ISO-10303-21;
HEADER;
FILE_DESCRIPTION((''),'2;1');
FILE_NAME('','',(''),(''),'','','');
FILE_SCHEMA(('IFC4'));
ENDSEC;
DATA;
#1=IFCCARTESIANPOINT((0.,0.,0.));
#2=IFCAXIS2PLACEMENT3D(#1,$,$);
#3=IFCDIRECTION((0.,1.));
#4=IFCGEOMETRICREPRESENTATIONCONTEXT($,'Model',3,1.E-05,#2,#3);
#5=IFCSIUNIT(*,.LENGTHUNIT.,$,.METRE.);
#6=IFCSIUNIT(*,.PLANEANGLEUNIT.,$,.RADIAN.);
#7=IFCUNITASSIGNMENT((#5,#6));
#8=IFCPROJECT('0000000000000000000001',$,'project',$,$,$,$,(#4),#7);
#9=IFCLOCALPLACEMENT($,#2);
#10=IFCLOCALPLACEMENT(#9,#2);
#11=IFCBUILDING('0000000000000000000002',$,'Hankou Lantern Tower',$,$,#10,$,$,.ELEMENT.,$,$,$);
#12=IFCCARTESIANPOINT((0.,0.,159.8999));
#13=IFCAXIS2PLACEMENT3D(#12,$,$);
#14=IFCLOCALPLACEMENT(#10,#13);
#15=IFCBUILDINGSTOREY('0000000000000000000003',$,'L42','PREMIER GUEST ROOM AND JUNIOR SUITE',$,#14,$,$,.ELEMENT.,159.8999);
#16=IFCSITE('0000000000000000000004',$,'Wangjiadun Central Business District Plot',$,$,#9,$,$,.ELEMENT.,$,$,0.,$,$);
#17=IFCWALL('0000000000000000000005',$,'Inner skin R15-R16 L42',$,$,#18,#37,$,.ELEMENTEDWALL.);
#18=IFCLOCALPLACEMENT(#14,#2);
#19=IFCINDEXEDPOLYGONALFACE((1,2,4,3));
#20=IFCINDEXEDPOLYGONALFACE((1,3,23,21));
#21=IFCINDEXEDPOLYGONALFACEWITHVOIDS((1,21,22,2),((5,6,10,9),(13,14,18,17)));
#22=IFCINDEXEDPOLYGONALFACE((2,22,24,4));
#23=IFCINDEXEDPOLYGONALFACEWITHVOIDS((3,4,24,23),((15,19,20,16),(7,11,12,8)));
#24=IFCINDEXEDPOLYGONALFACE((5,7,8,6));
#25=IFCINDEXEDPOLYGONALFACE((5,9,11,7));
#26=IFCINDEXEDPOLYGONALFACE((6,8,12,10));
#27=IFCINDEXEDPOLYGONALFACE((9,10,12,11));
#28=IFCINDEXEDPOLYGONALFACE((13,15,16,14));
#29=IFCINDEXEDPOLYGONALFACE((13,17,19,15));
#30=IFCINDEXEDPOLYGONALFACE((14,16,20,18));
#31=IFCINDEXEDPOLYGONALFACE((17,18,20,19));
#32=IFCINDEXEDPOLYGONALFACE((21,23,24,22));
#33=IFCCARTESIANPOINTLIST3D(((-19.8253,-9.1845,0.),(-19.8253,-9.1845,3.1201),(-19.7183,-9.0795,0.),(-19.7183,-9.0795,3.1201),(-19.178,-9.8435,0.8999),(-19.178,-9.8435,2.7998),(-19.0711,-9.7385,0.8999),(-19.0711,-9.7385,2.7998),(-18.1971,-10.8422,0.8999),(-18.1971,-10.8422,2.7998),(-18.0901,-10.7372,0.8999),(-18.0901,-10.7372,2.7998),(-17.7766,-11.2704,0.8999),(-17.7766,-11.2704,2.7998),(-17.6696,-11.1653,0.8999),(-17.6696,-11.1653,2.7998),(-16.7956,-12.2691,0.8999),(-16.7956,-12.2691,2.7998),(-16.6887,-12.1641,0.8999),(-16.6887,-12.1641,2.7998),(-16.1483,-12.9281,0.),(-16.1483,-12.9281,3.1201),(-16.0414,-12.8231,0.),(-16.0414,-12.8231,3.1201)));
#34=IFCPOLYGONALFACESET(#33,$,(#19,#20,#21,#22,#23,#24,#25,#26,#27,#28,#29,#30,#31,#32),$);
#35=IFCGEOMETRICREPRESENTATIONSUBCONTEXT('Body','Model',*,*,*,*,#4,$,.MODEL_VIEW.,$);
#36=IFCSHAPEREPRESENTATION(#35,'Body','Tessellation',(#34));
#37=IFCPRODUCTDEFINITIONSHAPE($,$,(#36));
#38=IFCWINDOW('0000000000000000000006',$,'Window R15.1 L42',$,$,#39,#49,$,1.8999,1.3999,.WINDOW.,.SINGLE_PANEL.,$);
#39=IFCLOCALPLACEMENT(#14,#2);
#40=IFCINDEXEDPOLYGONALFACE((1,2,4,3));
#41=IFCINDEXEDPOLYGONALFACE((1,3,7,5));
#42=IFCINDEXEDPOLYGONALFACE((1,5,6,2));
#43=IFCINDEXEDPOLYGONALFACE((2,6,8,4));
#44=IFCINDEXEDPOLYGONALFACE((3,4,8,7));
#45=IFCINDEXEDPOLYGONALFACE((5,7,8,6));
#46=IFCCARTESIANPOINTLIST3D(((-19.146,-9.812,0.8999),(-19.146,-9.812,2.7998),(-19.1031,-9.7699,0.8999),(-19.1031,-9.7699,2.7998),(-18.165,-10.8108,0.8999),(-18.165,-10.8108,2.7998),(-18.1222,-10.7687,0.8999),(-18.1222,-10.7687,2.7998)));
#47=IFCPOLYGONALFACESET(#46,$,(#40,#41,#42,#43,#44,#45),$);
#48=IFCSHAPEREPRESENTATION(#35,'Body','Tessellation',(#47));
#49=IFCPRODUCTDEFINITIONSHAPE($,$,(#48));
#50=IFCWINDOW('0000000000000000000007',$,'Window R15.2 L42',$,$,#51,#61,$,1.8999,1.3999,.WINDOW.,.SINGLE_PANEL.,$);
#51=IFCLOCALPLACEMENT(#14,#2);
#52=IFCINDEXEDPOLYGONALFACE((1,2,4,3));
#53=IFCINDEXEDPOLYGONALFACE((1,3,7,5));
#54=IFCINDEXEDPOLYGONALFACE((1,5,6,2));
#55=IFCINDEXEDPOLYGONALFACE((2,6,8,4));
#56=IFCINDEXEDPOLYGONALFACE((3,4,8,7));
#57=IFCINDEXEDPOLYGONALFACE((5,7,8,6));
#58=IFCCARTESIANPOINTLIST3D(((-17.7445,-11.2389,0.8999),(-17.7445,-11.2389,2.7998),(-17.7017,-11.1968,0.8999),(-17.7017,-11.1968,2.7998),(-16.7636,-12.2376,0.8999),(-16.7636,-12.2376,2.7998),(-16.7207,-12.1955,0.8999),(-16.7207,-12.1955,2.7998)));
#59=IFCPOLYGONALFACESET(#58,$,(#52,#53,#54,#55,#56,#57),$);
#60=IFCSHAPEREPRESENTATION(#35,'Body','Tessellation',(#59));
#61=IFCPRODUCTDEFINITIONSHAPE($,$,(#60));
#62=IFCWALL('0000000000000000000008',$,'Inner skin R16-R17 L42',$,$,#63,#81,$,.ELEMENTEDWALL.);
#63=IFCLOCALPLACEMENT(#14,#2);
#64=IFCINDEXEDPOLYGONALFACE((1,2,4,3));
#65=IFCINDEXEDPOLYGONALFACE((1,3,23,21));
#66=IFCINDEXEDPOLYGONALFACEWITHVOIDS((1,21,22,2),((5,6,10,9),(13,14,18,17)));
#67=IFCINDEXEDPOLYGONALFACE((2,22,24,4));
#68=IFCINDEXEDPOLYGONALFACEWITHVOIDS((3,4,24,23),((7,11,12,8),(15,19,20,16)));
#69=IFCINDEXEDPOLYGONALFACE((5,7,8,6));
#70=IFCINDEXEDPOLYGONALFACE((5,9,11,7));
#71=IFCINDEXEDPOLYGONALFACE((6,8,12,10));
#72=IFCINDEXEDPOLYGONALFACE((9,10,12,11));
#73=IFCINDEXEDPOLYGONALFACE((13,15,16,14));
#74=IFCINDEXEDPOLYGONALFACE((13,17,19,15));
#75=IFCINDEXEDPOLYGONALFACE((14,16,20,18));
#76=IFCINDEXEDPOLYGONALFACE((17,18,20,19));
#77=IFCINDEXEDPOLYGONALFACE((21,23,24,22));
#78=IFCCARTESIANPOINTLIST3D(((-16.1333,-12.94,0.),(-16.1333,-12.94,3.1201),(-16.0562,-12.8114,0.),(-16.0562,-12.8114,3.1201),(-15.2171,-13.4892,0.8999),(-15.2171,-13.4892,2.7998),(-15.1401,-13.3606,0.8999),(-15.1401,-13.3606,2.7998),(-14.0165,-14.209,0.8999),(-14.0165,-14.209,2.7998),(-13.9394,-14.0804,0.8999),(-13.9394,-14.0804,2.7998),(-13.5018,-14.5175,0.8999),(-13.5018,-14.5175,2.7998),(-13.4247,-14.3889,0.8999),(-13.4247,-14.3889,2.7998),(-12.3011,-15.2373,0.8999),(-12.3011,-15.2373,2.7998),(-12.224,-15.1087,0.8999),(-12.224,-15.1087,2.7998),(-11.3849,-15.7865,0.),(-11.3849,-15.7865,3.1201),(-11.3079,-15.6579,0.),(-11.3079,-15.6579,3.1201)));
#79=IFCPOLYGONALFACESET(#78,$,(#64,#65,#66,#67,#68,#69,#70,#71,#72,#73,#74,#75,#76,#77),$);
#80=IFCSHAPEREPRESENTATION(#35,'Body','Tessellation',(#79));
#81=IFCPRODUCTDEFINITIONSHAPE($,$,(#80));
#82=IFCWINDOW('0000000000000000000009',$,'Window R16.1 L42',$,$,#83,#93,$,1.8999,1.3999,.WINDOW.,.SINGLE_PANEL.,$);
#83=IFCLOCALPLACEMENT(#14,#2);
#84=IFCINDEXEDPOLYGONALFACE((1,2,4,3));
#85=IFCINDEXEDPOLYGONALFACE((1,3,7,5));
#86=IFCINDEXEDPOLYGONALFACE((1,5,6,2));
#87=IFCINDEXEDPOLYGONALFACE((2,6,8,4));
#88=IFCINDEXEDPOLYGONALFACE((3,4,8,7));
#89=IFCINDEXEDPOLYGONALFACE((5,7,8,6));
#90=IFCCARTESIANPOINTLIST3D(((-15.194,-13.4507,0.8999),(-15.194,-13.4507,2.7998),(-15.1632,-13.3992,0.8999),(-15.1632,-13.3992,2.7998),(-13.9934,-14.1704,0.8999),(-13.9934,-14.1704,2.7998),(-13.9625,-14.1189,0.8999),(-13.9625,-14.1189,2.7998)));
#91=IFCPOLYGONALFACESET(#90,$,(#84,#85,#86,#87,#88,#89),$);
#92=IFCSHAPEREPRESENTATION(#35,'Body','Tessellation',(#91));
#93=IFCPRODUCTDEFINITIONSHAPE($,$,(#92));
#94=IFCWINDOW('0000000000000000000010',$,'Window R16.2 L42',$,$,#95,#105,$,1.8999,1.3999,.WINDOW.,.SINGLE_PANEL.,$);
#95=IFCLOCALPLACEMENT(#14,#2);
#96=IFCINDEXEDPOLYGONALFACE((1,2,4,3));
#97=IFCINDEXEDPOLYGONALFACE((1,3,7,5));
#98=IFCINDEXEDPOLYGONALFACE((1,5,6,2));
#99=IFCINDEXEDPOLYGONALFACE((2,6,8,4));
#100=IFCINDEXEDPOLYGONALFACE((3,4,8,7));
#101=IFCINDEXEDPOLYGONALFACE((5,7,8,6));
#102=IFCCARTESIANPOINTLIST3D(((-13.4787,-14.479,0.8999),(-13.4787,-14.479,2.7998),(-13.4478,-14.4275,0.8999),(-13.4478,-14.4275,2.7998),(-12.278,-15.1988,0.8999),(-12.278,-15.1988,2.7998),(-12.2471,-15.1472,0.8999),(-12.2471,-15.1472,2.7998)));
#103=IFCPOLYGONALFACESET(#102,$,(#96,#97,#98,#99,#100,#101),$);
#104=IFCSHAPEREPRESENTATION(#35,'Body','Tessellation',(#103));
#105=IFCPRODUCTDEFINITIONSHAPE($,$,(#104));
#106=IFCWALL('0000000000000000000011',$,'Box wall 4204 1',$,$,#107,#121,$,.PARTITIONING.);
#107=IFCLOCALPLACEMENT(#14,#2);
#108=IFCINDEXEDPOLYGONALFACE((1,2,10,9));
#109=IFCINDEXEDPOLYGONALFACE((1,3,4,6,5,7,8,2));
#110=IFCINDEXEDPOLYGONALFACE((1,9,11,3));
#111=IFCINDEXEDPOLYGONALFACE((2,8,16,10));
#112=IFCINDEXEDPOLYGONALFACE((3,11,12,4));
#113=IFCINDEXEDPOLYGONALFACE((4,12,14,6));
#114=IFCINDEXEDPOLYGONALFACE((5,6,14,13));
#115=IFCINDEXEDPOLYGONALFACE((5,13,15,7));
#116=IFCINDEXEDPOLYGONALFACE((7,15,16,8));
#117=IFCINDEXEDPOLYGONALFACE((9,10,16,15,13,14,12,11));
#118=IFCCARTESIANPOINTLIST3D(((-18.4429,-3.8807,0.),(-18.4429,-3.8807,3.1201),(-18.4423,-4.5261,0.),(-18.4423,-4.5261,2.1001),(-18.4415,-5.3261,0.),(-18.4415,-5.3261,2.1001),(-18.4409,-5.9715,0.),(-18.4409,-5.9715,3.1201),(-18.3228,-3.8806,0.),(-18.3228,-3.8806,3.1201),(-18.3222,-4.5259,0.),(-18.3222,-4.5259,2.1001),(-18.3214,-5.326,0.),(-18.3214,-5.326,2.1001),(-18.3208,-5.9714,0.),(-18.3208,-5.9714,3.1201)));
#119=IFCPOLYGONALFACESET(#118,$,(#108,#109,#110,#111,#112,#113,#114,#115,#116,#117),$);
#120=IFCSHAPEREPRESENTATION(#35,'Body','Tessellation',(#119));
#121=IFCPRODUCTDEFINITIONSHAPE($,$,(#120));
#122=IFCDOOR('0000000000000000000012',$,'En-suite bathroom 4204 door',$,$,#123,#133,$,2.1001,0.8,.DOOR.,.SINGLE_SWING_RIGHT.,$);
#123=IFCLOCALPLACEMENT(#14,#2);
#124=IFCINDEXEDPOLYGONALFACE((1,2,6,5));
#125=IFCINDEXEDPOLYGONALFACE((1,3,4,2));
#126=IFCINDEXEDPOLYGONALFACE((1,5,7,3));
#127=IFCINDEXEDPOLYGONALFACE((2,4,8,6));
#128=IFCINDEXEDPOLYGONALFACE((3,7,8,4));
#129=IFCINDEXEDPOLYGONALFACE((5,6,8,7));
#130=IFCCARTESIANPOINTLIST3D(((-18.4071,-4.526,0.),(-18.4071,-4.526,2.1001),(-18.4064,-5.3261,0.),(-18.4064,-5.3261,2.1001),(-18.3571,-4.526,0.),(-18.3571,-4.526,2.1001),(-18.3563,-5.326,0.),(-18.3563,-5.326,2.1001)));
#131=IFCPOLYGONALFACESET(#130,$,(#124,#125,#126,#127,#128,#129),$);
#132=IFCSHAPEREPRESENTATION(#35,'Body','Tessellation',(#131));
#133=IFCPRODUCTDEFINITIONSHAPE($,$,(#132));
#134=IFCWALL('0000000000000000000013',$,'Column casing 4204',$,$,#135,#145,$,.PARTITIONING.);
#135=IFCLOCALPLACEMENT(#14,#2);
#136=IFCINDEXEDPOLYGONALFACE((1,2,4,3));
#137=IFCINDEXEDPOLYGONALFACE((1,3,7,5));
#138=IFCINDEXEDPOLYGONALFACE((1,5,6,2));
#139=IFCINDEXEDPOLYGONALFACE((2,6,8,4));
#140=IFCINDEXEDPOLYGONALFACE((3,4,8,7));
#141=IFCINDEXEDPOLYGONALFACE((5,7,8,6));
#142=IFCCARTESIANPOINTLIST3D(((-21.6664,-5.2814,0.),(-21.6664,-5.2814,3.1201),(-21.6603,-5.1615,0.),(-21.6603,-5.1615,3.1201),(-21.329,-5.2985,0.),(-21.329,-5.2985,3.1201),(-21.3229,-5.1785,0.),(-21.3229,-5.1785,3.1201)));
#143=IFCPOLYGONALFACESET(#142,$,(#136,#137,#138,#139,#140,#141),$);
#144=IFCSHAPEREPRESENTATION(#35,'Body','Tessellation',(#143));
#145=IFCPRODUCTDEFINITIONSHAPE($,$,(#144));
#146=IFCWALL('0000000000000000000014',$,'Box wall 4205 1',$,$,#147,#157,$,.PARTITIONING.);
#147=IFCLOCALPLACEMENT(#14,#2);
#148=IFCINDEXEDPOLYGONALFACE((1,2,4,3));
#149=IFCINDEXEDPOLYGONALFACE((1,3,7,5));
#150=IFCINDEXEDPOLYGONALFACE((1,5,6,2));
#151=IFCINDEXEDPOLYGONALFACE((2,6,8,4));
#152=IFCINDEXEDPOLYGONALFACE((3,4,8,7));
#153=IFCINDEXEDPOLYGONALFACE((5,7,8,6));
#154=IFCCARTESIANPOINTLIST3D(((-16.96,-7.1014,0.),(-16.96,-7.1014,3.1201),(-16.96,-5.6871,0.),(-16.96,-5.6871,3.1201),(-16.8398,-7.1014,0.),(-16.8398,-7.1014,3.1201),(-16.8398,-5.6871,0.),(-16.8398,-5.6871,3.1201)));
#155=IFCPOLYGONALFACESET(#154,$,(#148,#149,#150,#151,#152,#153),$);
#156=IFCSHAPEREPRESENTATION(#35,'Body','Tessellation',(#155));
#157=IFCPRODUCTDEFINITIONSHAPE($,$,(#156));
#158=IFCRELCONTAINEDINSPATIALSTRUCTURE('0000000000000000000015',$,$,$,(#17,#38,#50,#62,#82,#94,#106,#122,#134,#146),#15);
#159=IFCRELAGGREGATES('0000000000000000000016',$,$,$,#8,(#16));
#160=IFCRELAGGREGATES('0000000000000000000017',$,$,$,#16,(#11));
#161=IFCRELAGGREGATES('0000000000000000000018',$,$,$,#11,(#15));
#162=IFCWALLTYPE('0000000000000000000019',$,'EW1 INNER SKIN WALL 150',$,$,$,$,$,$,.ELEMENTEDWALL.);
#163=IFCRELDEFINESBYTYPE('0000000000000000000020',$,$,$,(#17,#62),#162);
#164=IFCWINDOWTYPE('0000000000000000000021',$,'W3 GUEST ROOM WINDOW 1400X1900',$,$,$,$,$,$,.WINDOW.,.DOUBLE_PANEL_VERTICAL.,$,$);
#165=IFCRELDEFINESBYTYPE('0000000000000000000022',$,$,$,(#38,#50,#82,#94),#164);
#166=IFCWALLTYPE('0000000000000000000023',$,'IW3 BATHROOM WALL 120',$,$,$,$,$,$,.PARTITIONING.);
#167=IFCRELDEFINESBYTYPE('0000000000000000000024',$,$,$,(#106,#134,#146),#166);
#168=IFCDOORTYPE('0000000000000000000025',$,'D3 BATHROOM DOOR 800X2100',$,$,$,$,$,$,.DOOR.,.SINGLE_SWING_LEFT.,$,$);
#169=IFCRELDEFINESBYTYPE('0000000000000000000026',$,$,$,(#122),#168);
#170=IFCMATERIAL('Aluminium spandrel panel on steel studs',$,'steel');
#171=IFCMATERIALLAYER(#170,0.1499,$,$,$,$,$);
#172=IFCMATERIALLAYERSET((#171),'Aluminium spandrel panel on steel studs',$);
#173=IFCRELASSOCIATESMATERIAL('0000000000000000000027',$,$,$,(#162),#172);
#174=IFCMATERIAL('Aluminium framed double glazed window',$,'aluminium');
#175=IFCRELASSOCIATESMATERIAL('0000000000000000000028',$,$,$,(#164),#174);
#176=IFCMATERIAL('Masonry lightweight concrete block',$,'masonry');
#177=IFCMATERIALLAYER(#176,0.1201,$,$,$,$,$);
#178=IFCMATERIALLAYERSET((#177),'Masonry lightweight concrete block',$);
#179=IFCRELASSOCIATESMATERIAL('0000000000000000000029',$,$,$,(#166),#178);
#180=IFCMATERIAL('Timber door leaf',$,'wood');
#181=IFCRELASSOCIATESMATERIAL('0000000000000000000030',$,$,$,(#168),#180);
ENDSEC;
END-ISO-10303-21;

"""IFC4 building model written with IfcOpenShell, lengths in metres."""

from ifc_helpers import new_model, si_unit, direction, frame, frame_2d, origin, place, context, subcontext, project, spatial, rectangle, extrude, material, layer, layer_set, type_object, element, fill, save


model = new_model("IFC4")

# Units and contexts
model_context = context("Model", 3, precision=1e-05, world=origin(), true_north=direction((0.0, 1.0)))
body_context = subcontext(model_context, "Body", "Model", "MODEL_VIEW")
ifc_project = project(units=[si_unit("LENGTHUNIT", "METRE"), si_unit("PLANEANGLEUNIT", "RADIAN")], contexts=[model_context])

# Site, building, storey
site_placement = place(None, origin())
site = spatial("IfcSite", under=ifc_project, at=site_placement, Name="Wangjiadun Central Business District Plot", CompositionType="ELEMENT", RefElevation=0.0)
building_placement = place(site_placement, origin())
building = spatial("IfcBuilding", under=site, at=building_placement, Name="Hankou Lantern Tower", CompositionType="ELEMENT")
storey_placement = place(building_placement, frame((0.0, 0.0, 159.8999)))
storey = spatial("IfcBuildingStorey", under=building, at=storey_placement, Name="L42", Description="PREMIER GUEST ROOM AND JUNIOR SUITE", CompositionType="ELEMENT", Elevation=159.8999)

# Walls, openings, windows
ifc_material_1 = material(Name="Aluminium spandrel panel on steel studs", Category="steel")
ifc_layer_1 = layer(ifc_material_1, 0.1499)
ifc_layer_set_1 = layer_set([ifc_layer_1], Name="Aluminium spandrel panel on steel studs")
wall_type_1 = type_object("IfcWallType", Name="EW1 INNER SKIN WALL 150", PredefinedType="ELEMENTEDWALL", material=ifc_layer_set_1)
wall_1_placement = place(storey_placement, frame((-19.7717, -9.1321, 0.0), z_axis=(0.0, 0.0, 1.0), x_axis=(0.700727, -0.713429, 0.0)))
wall_1 = element("IfcWall", 1, at=wall_1_placement, inside=storey, type_object=wall_type_1, Name="Inner skin R15-R16 L42", PredefinedType="ELEMENTEDWALL", context=body_context, shape_type="SweptSolid", body=[
    extrude(rectangle(XDim=5.2473, YDim=0.1499, at=frame_2d((2.6235, 0.0))), origin(), (0.0, 0.0, 1.0), 3.1201),
])
opening_1_placement = place(wall_1_placement, frame((0.9236, 0.0, 0.8999)))
opening_1 = element("IfcOpeningElement", 2, at=opening_1_placement, cuts=wall_1, PredefinedType="OPENING", context=body_context, shape_type="SweptSolid", body=[
    extrude(rectangle(XDim=1.3999, YDim=1.8999, at=frame_2d((0.7, 0.95))), frame((0.0, 0.085, 0.0), z_axis=(0.0, -1.0, 0.0), x_axis=(1.0, 0.0, 0.0)), (0.0, 0.0, 1.0), 0.1699),
])
opening_2_placement = place(wall_1_placement, frame((2.9236, 0.0, 0.8999)))
opening_2 = element("IfcOpeningElement", 3, at=opening_2_placement, cuts=wall_1, PredefinedType="OPENING", context=body_context, shape_type="SweptSolid", body=[
    extrude(rectangle(XDim=1.3999, YDim=1.8999, at=frame_2d((0.7, 0.95))), frame((0.0, 0.085, 0.0), z_axis=(0.0, -1.0, 0.0), x_axis=(1.0, 0.0, 0.0)), (0.0, 0.0, 1.0), 0.1699),
])
ifc_material_2 = material(Name="Aluminium framed double glazed window", Category="aluminium")
window_type = type_object("IfcWindowType", Name="W3 GUEST ROOM WINDOW 1400X1900", PartitioningType="DOUBLE_PANEL_VERTICAL", PredefinedType="WINDOW", material=ifc_material_2)
window_1_placement = place(opening_1_placement, origin())
window_1 = element("IfcWindow", 4, at=window_1_placement, inside=storey, type_object=window_type, Name="Window R15.1 L42", OverallHeight=1.8999, OverallWidth=1.3999, PartitioningType="SINGLE_PANEL", PredefinedType="WINDOW", context=body_context, shape_type="SweptSolid", body=[
    extrude(rectangle(XDim=1.3999, YDim=1.8999, at=frame_2d((0.7, 0.95))), frame((0.0, 0.03, 0.0), z_axis=(0.0, -1.0, 0.0), x_axis=(1.0, 0.0, 0.0)), (0.0, 0.0, 1.0), 0.0601),
])
fill(opening_1, window_1)
window_2_placement = place(opening_2_placement, origin())
window_2 = element("IfcWindow", 5, at=window_2_placement, inside=storey, type_object=window_type, Name="Window R15.2 L42", OverallHeight=1.8999, OverallWidth=1.3999, PartitioningType="SINGLE_PANEL", PredefinedType="WINDOW", context=body_context, shape_type="SweptSolid", body=[
    extrude(rectangle(XDim=1.3999, YDim=1.8999, at=frame_2d((0.7, 0.95))), frame((0.0, 0.03, 0.0), z_axis=(0.0, -1.0, 0.0), x_axis=(1.0, 0.0, 0.0)), (0.0, 0.0, 1.0), 0.0601),
])
fill(opening_2, window_2)
wall_2_placement = place(storey_placement, frame((-16.0947, -12.8757, 0.0), z_axis=(0.0, 0.0, 1.0), x_axis=(0.857695, -0.514158, 0.0)))
wall_2 = element("IfcWall", 6, at=wall_2_placement, inside=storey, type_object=wall_type_1, Name="Inner skin R16-R17 L42", PredefinedType="ELEMENTEDWALL", context=body_context, shape_type="SweptSolid", body=[
    extrude(rectangle(XDim=5.5361, YDim=0.1499, at=frame_2d((2.7681, 0.0))), origin(), (0.0, 0.0, 1.0), 3.1201),
])
opening_3_placement = place(wall_2_placement, frame((1.0681, 0.0, 0.8999)))
opening_3 = element("IfcOpeningElement", 7, at=opening_3_placement, cuts=wall_2, PredefinedType="OPENING", context=body_context, shape_type="SweptSolid", body=[
    extrude(rectangle(XDim=1.3999, YDim=1.8999, at=frame_2d((0.7, 0.95))), frame((0.0, 0.085, 0.0), z_axis=(0.0, -1.0, 0.0), x_axis=(1.0, 0.0, 0.0)), (0.0, 0.0, 1.0), 0.1699),
])
opening_4_placement = place(wall_2_placement, frame((3.0681, 0.0, 0.8999)))
opening_4 = element("IfcOpeningElement", 8, at=opening_4_placement, cuts=wall_2, PredefinedType="OPENING", context=body_context, shape_type="SweptSolid", body=[
    extrude(rectangle(XDim=1.3999, YDim=1.8999, at=frame_2d((0.7, 0.95))), frame((0.0, 0.085, 0.0), z_axis=(0.0, -1.0, 0.0), x_axis=(1.0, 0.0, 0.0)), (0.0, 0.0, 1.0), 0.1699),
])
window_3_placement = place(opening_3_placement, origin())
window_3 = element("IfcWindow", 9, at=window_3_placement, inside=storey, type_object=window_type, Name="Window R16.1 L42", OverallHeight=1.8999, OverallWidth=1.3999, PartitioningType="SINGLE_PANEL", PredefinedType="WINDOW", context=body_context, shape_type="SweptSolid", body=[
    extrude(rectangle(XDim=1.3999, YDim=1.8999, at=frame_2d((0.7, 0.95))), frame((0.0, 0.03, 0.0), z_axis=(0.0, -1.0, 0.0), x_axis=(1.0, 0.0, 0.0)), (0.0, 0.0, 1.0), 0.0601),
])
fill(opening_3, window_3)
window_4_placement = place(opening_4_placement, origin())
window_4 = element("IfcWindow", 10, at=window_4_placement, inside=storey, type_object=window_type, Name="Window R16.2 L42", OverallHeight=1.8999, OverallWidth=1.3999, PartitioningType="SINGLE_PANEL", PredefinedType="WINDOW", context=body_context, shape_type="SweptSolid", body=[
    extrude(rectangle(XDim=1.3999, YDim=1.8999, at=frame_2d((0.7, 0.95))), frame((0.0, 0.03, 0.0), z_axis=(0.0, -1.0, 0.0), x_axis=(1.0, 0.0, 0.0)), (0.0, 0.0, 1.0), 0.0601),
])
fill(opening_4, window_4)

# Wall, opening, door
ifc_material_3 = material(Name="Masonry lightweight concrete block", Category="masonry")
ifc_layer_2 = layer(ifc_material_3, 0.1201)
ifc_layer_set_2 = layer_set([ifc_layer_2], Name="Masonry lightweight concrete block")
wall_type_2 = type_object("IfcWallType", Name="IW3 BATHROOM WALL 120", PredefinedType="PARTITIONING", material=ifc_layer_set_2)
wall_3_placement = place(storey_placement, frame((-18.3809, -5.9714, 0.0), z_axis=(0.0, 0.0, 1.0), x_axis=(-0.000934, 1.0, 0.0)))
wall_3 = element("IfcWall", 11, at=wall_3_placement, inside=storey, type_object=wall_type_2, Name="Box wall 4204 1", PredefinedType="PARTITIONING", context=body_context, shape_type="SweptSolid", body=[
    extrude(rectangle(XDim=2.0908, YDim=0.1201, at=frame_2d((1.0454, 0.0))), origin(), (0.0, 0.0, 1.0), 3.1201),
])
opening_5_placement = place(wall_3_placement, frame((0.6455, 0.0, 0.0)))
opening_5 = element("IfcOpeningElement", 12, at=opening_5_placement, cuts=wall_3, PredefinedType="OPENING", context=body_context, shape_type="SweptSolid", body=[
    extrude(rectangle(XDim=0.8, YDim=2.1001, at=frame_2d((0.3999, 1.05))), frame((0.0, 0.0701, 0.0), z_axis=(0.0, -1.0, 0.0), x_axis=(1.0, 0.0, 0.0)), (0.0, 0.0, 1.0), 0.1401),
])
ifc_material_4 = material(Name="Timber door leaf", Category="wood")
door_type = type_object("IfcDoorType", Name="D3 BATHROOM DOOR 800X2100", OperationType="SINGLE_SWING_LEFT", PredefinedType="DOOR", material=ifc_material_4)
door_1_placement = place(opening_5_placement, origin())
door_1 = element("IfcDoor", 13, at=door_1_placement, inside=storey, type_object=door_type, Name="En-suite bathroom 4204 door", OperationType="SINGLE_SWING_RIGHT", OverallHeight=2.1001, OverallWidth=0.8, PredefinedType="DOOR", context=body_context, shape_type="SweptSolid", body=[
    extrude(rectangle(XDim=0.8, YDim=2.1001, at=frame_2d((0.3999, 1.05))), frame((0.0, 0.0249, 0.0), z_axis=(0.0, -1.0, 0.0), x_axis=(1.0, 0.0, 0.0)), (0.0, 0.0, 1.0), 0.05),
])
fill(opening_5, door_1)

# Walls
wall_4_placement = place(storey_placement, frame((-21.3259, -5.2385, 0.0), z_axis=(0.0, 0.0, 1.0), x_axis=(-0.99872, 0.050586, 0.0)))
element("IfcWall", 14, at=wall_4_placement, inside=storey, type_object=wall_type_2, Name="Column casing 4204", PredefinedType="PARTITIONING", context=body_context, shape_type="SweptSolid", body=[
    extrude(rectangle(XDim=0.3379, YDim=0.1201, at=frame_2d((0.1689, 0.0))), origin(), (0.0, 0.0, 1.0), 3.1201),
])
wall_5_placement = place(storey_placement, frame((-16.8999, -5.6873, 0.0), z_axis=(0.0, 0.0, 1.0), x_axis=(0.0, -1.0, 0.0)))
element("IfcWall", 15, at=wall_5_placement, inside=storey, type_object=wall_type_2, Name="Box wall 4205 1", PredefinedType="PARTITIONING", context=body_context, shape_type="SweptSolid", body=[
    extrude(rectangle(XDim=1.4143, YDim=0.1201, at=frame_2d((0.707, 0.0))), origin(), (0.0, 0.0, 1.0), 3.1201),
])

save(model, "model.ifc")
